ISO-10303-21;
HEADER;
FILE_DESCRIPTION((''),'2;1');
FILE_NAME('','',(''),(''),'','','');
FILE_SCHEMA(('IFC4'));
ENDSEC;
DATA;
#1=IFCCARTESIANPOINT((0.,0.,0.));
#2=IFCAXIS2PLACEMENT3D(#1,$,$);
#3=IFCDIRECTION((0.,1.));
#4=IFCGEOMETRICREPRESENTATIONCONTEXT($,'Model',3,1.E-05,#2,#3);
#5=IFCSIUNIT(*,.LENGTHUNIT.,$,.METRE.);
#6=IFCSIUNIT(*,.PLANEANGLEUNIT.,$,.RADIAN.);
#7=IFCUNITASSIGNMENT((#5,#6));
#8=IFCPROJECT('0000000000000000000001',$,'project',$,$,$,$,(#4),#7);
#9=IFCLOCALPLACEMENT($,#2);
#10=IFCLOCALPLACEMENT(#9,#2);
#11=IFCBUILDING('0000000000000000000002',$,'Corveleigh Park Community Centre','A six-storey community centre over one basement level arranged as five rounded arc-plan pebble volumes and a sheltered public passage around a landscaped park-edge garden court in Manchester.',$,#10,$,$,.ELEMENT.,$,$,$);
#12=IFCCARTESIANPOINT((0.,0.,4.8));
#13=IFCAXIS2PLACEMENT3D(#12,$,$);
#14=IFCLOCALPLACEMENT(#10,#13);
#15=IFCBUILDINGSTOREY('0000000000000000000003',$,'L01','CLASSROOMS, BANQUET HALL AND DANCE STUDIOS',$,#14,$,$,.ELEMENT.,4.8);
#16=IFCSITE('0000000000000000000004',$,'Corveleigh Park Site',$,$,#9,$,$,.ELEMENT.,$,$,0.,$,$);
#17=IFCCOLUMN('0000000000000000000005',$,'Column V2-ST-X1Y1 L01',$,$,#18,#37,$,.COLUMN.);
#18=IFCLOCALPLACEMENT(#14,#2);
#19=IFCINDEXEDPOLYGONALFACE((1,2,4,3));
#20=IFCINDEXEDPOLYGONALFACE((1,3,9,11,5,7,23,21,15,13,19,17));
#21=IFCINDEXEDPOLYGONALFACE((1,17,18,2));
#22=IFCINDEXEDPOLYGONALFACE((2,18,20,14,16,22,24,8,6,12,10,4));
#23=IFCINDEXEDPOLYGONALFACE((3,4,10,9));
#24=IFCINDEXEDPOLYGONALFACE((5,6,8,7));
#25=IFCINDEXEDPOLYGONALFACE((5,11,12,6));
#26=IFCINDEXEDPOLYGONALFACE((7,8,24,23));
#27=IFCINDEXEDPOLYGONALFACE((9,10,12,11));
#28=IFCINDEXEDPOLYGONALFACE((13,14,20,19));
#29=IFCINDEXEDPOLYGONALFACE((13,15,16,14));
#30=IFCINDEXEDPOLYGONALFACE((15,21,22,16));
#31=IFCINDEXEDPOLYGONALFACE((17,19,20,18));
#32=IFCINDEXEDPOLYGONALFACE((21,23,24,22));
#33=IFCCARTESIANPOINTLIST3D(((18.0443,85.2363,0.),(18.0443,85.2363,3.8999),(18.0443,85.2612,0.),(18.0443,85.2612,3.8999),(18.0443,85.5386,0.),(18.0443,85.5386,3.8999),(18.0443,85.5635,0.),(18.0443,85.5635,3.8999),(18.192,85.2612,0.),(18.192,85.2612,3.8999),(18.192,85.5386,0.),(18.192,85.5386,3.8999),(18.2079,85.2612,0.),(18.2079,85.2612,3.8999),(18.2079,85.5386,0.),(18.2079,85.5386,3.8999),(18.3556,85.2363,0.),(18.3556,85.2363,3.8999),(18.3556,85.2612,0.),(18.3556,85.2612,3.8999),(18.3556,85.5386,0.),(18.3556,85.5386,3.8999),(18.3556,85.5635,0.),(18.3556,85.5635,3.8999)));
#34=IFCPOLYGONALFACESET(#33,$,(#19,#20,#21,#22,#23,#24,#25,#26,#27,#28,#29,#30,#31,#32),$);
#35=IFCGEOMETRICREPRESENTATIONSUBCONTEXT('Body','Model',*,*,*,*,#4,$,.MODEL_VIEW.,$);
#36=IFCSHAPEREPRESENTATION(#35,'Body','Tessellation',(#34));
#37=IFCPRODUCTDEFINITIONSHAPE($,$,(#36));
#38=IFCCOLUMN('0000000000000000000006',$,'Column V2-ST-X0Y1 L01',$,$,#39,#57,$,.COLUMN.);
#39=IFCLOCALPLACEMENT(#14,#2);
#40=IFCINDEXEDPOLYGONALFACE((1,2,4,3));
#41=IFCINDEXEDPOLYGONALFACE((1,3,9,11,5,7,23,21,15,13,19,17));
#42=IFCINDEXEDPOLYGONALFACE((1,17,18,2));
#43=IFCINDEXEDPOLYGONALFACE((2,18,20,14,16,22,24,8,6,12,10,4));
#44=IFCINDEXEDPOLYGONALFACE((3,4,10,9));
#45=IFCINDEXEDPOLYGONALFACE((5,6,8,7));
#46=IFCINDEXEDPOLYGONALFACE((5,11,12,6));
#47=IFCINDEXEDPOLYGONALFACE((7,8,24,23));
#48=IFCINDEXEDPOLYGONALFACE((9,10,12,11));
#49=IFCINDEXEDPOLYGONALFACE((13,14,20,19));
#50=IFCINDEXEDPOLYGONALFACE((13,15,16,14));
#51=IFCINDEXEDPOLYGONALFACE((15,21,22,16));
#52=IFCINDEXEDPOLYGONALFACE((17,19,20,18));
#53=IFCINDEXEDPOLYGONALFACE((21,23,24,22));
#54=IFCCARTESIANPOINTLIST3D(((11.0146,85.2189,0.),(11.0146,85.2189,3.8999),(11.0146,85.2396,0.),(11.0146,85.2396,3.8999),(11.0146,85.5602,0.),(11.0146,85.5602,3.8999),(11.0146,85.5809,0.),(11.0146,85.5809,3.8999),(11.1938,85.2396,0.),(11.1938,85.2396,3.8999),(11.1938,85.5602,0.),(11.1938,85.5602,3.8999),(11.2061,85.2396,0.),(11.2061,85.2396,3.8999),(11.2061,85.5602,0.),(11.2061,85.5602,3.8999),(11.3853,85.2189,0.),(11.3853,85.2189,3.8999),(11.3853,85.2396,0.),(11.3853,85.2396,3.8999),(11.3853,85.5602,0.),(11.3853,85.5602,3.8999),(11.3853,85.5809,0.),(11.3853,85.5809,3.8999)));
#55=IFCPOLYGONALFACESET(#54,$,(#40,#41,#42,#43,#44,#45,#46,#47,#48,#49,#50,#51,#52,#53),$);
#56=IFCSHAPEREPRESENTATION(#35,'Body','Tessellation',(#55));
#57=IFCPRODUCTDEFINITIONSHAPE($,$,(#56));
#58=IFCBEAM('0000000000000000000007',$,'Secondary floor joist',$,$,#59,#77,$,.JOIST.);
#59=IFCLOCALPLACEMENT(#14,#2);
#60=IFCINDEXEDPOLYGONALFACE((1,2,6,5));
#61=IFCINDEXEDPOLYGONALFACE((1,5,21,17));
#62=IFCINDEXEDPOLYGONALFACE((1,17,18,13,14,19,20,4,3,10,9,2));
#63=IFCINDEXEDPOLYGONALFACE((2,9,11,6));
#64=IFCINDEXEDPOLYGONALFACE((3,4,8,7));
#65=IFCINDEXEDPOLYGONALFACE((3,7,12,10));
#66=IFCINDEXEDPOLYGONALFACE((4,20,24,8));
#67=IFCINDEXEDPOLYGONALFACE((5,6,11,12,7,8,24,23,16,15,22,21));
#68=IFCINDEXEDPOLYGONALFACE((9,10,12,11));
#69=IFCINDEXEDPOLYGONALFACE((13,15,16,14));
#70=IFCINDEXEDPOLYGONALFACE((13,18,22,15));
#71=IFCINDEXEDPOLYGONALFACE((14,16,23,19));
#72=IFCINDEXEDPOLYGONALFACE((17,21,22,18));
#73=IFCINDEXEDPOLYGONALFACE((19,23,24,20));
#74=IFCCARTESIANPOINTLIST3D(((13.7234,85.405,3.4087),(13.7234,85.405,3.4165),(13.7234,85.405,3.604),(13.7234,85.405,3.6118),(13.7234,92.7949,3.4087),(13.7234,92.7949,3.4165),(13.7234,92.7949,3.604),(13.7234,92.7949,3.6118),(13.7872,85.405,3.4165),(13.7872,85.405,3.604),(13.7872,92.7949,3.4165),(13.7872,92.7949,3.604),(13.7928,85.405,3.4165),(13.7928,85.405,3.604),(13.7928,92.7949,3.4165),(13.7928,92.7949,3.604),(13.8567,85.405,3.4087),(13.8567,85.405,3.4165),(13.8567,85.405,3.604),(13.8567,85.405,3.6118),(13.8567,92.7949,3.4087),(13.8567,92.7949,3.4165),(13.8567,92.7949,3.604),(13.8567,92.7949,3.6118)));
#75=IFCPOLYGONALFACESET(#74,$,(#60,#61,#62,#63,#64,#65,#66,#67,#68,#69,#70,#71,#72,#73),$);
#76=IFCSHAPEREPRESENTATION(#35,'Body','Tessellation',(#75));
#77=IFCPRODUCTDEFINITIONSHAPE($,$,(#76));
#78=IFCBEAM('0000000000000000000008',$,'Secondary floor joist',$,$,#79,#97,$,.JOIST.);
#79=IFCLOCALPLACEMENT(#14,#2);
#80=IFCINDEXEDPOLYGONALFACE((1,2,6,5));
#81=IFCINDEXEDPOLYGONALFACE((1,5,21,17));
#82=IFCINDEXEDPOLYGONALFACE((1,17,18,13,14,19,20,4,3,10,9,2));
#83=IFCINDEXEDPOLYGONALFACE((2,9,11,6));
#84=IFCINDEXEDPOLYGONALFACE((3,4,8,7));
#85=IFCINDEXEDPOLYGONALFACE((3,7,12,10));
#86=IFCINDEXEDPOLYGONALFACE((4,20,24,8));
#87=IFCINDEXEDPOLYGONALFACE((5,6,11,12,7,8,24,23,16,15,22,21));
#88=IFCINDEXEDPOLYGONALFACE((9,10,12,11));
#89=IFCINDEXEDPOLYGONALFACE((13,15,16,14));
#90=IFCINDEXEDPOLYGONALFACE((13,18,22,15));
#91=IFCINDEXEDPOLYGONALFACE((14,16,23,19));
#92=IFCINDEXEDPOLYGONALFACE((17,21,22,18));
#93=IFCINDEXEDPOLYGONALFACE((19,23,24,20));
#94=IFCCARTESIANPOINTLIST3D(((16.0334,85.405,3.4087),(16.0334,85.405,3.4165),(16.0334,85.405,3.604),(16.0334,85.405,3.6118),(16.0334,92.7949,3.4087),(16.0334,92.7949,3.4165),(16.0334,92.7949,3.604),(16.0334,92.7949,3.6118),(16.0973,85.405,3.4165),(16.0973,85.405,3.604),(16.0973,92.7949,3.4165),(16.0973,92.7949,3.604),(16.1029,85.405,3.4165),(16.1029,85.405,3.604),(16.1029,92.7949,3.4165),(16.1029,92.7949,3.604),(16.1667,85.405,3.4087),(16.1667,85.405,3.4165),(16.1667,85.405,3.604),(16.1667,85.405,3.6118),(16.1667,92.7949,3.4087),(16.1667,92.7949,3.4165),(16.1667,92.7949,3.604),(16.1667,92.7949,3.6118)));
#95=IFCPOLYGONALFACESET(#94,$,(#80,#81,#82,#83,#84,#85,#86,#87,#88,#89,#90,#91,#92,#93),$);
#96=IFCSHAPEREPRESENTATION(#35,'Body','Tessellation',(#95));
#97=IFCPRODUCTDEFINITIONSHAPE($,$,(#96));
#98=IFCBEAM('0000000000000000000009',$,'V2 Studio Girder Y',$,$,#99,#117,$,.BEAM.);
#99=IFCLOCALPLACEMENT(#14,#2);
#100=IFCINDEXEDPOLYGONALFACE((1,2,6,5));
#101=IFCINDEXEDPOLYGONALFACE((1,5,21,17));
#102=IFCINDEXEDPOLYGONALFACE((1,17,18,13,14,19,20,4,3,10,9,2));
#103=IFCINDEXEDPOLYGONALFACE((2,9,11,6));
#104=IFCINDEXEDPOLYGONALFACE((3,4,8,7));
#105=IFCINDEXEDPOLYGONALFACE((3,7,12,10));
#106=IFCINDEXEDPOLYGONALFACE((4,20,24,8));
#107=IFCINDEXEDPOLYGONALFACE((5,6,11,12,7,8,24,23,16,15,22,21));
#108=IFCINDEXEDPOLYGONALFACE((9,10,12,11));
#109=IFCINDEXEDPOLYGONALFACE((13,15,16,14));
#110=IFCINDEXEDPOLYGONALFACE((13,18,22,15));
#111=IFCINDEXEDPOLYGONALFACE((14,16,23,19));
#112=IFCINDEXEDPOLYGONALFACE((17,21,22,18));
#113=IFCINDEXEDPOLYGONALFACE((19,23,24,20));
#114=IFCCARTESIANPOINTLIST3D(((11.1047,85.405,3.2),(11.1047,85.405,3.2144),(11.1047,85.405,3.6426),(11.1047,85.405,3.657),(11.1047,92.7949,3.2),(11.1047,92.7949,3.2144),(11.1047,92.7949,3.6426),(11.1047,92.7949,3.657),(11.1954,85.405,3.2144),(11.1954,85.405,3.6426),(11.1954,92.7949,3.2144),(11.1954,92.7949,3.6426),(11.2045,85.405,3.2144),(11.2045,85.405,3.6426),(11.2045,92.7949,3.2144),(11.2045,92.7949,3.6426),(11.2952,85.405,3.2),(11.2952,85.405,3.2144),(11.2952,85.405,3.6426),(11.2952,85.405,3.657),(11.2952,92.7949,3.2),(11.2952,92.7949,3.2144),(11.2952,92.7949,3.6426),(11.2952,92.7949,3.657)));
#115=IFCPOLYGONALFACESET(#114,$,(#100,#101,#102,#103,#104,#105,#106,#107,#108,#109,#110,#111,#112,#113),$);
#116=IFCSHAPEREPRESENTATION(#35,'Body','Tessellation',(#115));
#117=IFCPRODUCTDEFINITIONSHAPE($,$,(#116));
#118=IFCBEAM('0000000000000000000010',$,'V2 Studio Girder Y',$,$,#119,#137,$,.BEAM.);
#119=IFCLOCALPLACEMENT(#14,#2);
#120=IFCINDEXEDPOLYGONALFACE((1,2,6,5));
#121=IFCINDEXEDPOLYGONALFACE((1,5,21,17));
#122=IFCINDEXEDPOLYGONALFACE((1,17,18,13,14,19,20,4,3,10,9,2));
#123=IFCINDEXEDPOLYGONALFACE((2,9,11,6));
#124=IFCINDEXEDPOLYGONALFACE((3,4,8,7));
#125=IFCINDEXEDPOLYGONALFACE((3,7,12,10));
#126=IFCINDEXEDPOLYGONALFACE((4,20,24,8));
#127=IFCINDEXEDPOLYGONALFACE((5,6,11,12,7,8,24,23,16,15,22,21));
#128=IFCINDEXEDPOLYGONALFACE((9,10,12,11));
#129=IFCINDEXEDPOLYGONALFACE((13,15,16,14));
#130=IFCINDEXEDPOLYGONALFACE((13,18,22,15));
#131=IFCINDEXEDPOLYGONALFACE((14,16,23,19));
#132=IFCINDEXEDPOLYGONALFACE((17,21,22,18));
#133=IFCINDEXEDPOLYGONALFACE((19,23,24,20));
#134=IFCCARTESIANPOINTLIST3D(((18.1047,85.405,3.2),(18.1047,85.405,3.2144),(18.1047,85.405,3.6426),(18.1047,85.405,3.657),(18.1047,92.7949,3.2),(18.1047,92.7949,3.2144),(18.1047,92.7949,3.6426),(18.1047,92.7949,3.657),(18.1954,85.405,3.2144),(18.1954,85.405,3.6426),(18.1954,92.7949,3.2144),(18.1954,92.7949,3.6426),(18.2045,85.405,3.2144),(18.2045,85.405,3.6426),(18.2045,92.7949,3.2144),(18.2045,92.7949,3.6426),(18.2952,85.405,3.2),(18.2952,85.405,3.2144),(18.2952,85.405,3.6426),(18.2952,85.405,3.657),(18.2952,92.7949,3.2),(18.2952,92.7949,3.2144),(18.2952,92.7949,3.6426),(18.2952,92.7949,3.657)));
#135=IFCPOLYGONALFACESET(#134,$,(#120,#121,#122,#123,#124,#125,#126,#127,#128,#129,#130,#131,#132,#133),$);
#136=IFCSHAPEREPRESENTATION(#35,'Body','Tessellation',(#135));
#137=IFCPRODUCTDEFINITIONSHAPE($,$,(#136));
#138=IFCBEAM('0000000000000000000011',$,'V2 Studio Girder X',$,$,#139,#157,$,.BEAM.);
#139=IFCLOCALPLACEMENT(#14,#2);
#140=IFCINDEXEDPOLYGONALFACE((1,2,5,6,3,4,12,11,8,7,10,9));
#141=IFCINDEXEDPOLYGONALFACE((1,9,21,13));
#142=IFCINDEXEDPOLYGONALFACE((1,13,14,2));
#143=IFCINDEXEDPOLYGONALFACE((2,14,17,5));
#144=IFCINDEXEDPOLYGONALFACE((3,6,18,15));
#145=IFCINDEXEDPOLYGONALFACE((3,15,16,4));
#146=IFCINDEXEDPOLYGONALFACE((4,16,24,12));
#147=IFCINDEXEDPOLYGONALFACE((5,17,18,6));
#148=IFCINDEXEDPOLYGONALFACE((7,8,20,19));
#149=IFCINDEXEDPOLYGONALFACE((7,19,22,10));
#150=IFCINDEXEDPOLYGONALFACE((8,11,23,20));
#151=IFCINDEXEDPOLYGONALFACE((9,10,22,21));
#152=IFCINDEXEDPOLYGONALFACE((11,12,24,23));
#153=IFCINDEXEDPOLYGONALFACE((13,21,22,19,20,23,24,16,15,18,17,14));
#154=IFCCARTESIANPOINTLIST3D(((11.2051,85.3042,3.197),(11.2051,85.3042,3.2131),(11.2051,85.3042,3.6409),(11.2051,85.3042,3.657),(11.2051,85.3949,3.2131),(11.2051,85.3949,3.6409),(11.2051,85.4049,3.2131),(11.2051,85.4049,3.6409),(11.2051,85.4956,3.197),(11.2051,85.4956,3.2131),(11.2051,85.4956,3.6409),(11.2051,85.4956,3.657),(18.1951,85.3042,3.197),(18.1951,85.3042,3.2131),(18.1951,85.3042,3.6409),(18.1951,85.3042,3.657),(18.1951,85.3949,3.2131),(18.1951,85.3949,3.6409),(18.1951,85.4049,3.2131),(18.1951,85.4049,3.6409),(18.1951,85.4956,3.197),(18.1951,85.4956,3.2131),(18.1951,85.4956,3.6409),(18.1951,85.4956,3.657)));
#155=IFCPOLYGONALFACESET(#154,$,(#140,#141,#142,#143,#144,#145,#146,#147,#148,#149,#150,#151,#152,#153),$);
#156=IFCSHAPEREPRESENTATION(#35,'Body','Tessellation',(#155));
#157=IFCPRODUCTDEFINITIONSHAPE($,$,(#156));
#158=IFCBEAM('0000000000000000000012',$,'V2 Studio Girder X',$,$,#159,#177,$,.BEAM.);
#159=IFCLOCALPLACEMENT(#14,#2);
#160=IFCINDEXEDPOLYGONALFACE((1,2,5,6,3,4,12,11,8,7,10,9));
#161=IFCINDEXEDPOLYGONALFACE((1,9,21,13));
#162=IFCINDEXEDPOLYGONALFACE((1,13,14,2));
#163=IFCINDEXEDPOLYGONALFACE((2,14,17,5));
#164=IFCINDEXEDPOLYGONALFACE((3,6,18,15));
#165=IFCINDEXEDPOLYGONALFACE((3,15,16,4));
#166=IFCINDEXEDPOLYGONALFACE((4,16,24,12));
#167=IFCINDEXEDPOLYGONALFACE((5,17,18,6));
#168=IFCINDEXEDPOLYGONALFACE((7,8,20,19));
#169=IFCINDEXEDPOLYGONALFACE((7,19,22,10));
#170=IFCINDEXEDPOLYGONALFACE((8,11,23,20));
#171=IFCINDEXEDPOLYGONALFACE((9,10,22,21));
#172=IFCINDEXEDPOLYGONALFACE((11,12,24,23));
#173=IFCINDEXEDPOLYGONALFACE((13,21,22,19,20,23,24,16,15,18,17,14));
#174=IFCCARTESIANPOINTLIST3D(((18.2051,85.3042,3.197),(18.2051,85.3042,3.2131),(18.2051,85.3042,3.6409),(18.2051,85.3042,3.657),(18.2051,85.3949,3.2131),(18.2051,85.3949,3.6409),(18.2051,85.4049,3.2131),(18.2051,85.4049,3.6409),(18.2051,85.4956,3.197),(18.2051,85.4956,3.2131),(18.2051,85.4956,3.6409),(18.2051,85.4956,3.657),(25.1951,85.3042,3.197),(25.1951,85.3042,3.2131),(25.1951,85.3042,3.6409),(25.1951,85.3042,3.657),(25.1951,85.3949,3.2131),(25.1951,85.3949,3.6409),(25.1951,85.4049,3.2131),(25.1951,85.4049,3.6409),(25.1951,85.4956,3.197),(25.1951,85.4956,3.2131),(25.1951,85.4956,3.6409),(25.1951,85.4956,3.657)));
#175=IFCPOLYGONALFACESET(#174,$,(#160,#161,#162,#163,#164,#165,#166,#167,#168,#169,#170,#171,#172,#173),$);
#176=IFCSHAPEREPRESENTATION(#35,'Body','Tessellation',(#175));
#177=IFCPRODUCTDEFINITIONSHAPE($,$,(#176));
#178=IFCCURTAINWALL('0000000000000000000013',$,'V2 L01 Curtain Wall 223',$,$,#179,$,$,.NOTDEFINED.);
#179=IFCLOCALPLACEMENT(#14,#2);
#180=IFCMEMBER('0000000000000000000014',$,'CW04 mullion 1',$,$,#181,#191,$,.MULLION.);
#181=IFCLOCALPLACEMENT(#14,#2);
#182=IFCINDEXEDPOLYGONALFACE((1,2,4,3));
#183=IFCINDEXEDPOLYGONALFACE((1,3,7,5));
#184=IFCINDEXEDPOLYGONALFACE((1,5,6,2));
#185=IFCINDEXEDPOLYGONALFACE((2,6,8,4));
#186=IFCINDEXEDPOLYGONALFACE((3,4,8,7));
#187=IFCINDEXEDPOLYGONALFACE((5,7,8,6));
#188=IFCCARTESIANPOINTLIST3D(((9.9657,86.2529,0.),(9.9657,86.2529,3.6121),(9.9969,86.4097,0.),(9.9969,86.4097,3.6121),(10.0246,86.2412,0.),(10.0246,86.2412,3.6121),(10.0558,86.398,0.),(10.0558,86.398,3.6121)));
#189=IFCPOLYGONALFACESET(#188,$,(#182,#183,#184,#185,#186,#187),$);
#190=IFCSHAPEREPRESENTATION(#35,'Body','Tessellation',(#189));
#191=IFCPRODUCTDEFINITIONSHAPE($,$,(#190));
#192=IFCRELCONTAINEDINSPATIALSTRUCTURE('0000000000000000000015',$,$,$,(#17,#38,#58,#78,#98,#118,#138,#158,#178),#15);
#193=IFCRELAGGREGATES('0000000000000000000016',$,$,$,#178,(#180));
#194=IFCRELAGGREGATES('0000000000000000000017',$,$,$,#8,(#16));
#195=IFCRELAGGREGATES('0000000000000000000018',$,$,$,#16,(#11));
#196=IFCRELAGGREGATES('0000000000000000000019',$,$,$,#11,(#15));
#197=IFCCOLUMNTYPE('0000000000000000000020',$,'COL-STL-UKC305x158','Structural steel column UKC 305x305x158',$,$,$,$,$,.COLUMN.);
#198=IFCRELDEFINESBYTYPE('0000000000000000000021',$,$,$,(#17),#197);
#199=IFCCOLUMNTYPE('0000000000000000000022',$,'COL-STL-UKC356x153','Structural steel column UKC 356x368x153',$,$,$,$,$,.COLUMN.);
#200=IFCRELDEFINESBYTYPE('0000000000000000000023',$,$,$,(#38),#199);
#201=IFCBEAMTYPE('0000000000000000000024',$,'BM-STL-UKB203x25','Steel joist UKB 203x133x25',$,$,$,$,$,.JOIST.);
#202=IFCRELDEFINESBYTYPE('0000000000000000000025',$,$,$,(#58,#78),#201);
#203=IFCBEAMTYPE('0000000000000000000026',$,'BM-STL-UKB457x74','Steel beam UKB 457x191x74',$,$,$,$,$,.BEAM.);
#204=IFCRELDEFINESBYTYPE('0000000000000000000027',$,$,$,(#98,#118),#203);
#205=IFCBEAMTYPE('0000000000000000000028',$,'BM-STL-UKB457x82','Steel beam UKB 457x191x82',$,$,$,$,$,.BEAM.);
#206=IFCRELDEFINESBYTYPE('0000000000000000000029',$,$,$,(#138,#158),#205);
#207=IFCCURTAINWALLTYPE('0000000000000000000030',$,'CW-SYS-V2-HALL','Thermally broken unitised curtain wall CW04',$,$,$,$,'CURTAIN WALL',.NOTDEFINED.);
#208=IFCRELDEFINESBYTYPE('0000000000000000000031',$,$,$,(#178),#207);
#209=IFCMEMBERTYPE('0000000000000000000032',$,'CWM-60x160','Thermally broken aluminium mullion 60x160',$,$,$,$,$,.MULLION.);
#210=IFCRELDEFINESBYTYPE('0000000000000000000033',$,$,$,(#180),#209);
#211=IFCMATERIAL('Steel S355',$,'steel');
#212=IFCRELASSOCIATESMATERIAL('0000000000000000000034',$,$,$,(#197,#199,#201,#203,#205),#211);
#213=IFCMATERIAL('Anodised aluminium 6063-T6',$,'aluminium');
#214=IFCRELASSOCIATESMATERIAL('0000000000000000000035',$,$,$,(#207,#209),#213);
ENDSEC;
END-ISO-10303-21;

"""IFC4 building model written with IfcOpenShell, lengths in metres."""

from ifc_helpers import new_model, si_unit, direction, frame, origin, origin_2d, place, context, subcontext, project, spatial, rectangle, i_section, extrude, material, material_profile, profile_set, type_object, element, aggregate, save


model = new_model("IFC4")

# Units and contexts
model_context = context("Model", 3, precision=1e-05, world=origin(), true_north=direction((0.0, 1.0)))
body_context = subcontext(model_context, "Body", "Model", "MODEL_VIEW")
ifc_project = project(units=[si_unit("LENGTHUNIT", "METRE"), si_unit("PLANEANGLEUNIT", "RADIAN")], contexts=[model_context])

# Site, building, storey
site_placement = place(None, origin())
site = spatial("IfcSite", under=ifc_project, at=site_placement, Name="Corveleigh Park Site", CompositionType="ELEMENT", RefElevation=0.0)
building_placement = place(site_placement, origin())
building = spatial("IfcBuilding", under=site, at=building_placement, Name="Corveleigh Park Community Centre", Description="A six-storey community centre over one basement level arranged as five rounded arc-plan pebble volumes and a sheltered public passage around a landscaped park-edge garden court in Manchester.", CompositionType="ELEMENT")
storey_placement = place(building_placement, frame((0.0, 0.0, 4.8)))
storey = spatial("IfcBuildingStorey", under=building, at=storey_placement, Name="L01", Description="CLASSROOMS, BANQUET HALL AND DANCE STUDIOS", CompositionType="ELEMENT", Elevation=4.8)

# Columns
ifc_material_1 = material(Name="Steel S355", Category="steel")
ifc_material_profile_1 = material_profile(ifc_material_1, i_section(OverallWidth=0.3113, OverallDepth=0.3271, WebThickness=0.0159, FlangeThickness=0.0249, at=origin_2d()), Name="UKC 305x305x158", Category="steel")
ifc_profile_set_1 = profile_set([ifc_material_profile_1], Name="Steel S355")
column_type_1 = type_object("IfcColumnType", Name="COL-STL-UKC305x158", Description="Structural steel column UKC 305x305x158", PredefinedType="COLUMN", material=ifc_profile_set_1)
column_1_placement = place(storey_placement, frame((18.2, 85.3999, 0.0), z_axis=(0.0, 0.0, 1.0), x_axis=(1.0, 0.0, 0.0)))
element("IfcColumn", 1, at=column_1_placement, inside=storey, type_object=column_type_1, Name="Column V2-ST-X1Y1 L01", PredefinedType="COLUMN", context=body_context, shape_type="SweptSolid", body=[
    extrude(i_section(OverallWidth=0.3113, OverallDepth=0.3271, WebThickness=0.0159, FlangeThickness=0.0249, at=origin_2d()), origin(), (0.0, 0.0, 1.0), 3.8999),
])
ifc_material_profile_2 = material_profile(ifc_material_1, i_section(OverallWidth=0.3706, OverallDepth=0.3621, WebThickness=0.0122, FlangeThickness=0.0208, at=origin_2d()), Name="UKC 356x368x153", Category="steel")
ifc_profile_set_2 = profile_set([ifc_material_profile_2], Name="Steel S355")
column_type_2 = type_object("IfcColumnType", Name="COL-STL-UKC356x153", Description="Structural steel column UKC 356x368x153", PredefinedType="COLUMN", material=ifc_profile_set_2)
column_2_placement = place(storey_placement, frame((11.2, 85.3999, 0.0), z_axis=(0.0, 0.0, 1.0), x_axis=(1.0, 0.0, 0.0)))
element("IfcColumn", 2, at=column_2_placement, inside=storey, type_object=column_type_2, Name="Column V2-ST-X0Y1 L01", PredefinedType="COLUMN", context=body_context, shape_type="SweptSolid", body=[
    extrude(i_section(OverallWidth=0.3706, OverallDepth=0.3621, WebThickness=0.0122, FlangeThickness=0.0208, at=origin_2d()), origin(), (0.0, 0.0, 1.0), 3.8999),
])

# Beams
ifc_material_profile_3 = material_profile(ifc_material_1, i_section(OverallWidth=0.1333, OverallDepth=0.2031, WebThickness=0.0056, FlangeThickness=0.0078, at=origin_2d()), Name="UKB 203x133x25", Category="steel")
ifc_profile_set_3 = profile_set([ifc_material_profile_3], Name="Steel S355")
beam_type_1 = type_object("IfcBeamType", Name="BM-STL-UKB203x25", Description="Steel joist UKB 203x133x25", PredefinedType="JOIST", material=ifc_profile_set_3)
for number, where, z_axis, x_axis, name in (
    (3, (13.79, 85.405, 3.5103), (0.0, 1.0, 0.0), (-1.0, 0.0, 0.0), "Secondary floor joist"),
    (4, (16.1001, 85.405, 3.5103), (0.0, 1.0, 0.0), (-1.0, 0.0, 0.0), "Secondary floor joist"),
):
    element("IfcBeam", number, at=place(storey_placement, frame(where, z_axis=z_axis, x_axis=x_axis)), inside=storey, type_object=beam_type_1, Name=name, PredefinedType="JOIST", context=body_context, shape_type="SweptSolid", body=[
        extrude(i_section(OverallWidth=0.1333, OverallDepth=0.2031, WebThickness=0.0056, FlangeThickness=0.0078, at=origin_2d()), origin(), (0.0, 0.0, 1.0), 7.3899),
    ])
ifc_material_profile_4 = material_profile(ifc_material_1, i_section(OverallWidth=0.1904, OverallDepth=0.457, WebThickness=0.009, FlangeThickness=0.0144, at=origin_2d()), Name="UKB 457x191x74", Category="steel")
ifc_profile_set_4 = profile_set([ifc_material_profile_4], Name="Steel S355")
beam_type_2 = type_object("IfcBeamType", Name="BM-STL-UKB457x74", Description="Steel beam UKB 457x191x74", PredefinedType="BEAM", material=ifc_profile_set_4)
for number, where, z_axis, x_axis, name in (
    (5, (11.2, 85.405, 3.4285), (0.0, 1.0, 0.0), (-1.0, 0.0, 0.0), "V2 Studio Girder Y"),
    (6, (18.2, 85.405, 3.4285), (0.0, 1.0, 0.0), (-1.0, 0.0, 0.0), "V2 Studio Girder Y"),
):
    element("IfcBeam", number, at=place(storey_placement, frame(where, z_axis=z_axis, x_axis=x_axis)), inside=storey, type_object=beam_type_2, Name=name, PredefinedType="BEAM", context=body_context, shape_type="SweptSolid", body=[
        extrude(i_section(OverallWidth=0.1904, OverallDepth=0.457, WebThickness=0.009, FlangeThickness=0.0144, at=origin_2d()), origin(), (0.0, 0.0, 1.0), 7.3899),
    ])
ifc_material_profile_5 = material_profile(ifc_material_1, i_section(OverallWidth=0.1914, OverallDepth=0.46, WebThickness=0.01, FlangeThickness=0.0161, at=origin_2d()), Name="UKB 457x191x82", Category="steel")
ifc_profile_set_5 = profile_set([ifc_material_profile_5], Name="Steel S355")
beam_type_3 = type_object("IfcBeamType", Name="BM-STL-UKB457x82", Description="Steel beam UKB 457x191x82", PredefinedType="BEAM", material=ifc_profile_set_5)
for number, where, z_axis, x_axis, name in (
    (7, (11.2051, 85.3999, 3.427), (1.0, 0.0, 0.0), (0.0, 1.0, 0.0), "V2 Studio Girder X"),
    (8, (18.2051, 85.3999, 3.427), (1.0, 0.0, 0.0), (0.0, 1.0, 0.0), "V2 Studio Girder X"),
):
    element("IfcBeam", number, at=place(storey_placement, frame(where, z_axis=z_axis, x_axis=x_axis)), inside=storey, type_object=beam_type_3, Name=name, PredefinedType="BEAM", context=body_context, shape_type="SweptSolid", body=[
        extrude(i_section(OverallWidth=0.1914, OverallDepth=0.46, WebThickness=0.01, FlangeThickness=0.0161, at=origin_2d()), origin(), (0.0, 0.0, 1.0), 6.99),
    ])

# Curtain wall, member
ifc_material_2 = material(Name="Anodised aluminium 6063-T6", Category="aluminium")
curtain_wall_type = type_object("IfcCurtainWallType", Name="CW-SYS-V2-HALL", Description="Thermally broken unitised curtain wall CW04", ElementType="CURTAIN WALL", PredefinedType="NOTDEFINED", material=ifc_material_2)
curtain_wall_1_placement = place(storey_placement, origin())
curtain_wall_1 = element("IfcCurtainWall", 9, at=curtain_wall_1_placement, inside=storey, type_object=curtain_wall_type, Name="V2 L01 Curtain Wall 223", PredefinedType="NOTDEFINED")
ifc_material_profile_6 = material_profile(ifc_material_2, rectangle(XDim=0.0601, YDim=0.1599, at=origin_2d()), Name="ALU-M60x160", Category="aluminium")
ifc_profile_set_6 = profile_set([ifc_material_profile_6], Name="Anodised aluminium 6063-T6")
member_type_1 = type_object("IfcMemberType", Name="CWM-60x160", Description="Thermally broken aluminium mullion 60x160", PredefinedType="MULLION", material=ifc_profile_set_6)
member_1_placement = place(storey_placement, frame((10.0107, 86.3254, 0.0), z_axis=(0.0, 0.0, 1.0), x_axis=(-0.980791, 0.195063, 0.0)))
member_1 = element("IfcMember", 10, at=member_1_placement, type_object=member_type_1, Name="CW04 mullion 1", PredefinedType="MULLION", context=body_context, shape_type="SweptSolid", body=[
    extrude(rectangle(XDim=0.0601, YDim=0.1599, at=origin_2d()), origin(), (0.0, 0.0, 1.0), 3.6121),
])

aggregate(curtain_wall_1, [member_1])

save(model, "model.ifc")
